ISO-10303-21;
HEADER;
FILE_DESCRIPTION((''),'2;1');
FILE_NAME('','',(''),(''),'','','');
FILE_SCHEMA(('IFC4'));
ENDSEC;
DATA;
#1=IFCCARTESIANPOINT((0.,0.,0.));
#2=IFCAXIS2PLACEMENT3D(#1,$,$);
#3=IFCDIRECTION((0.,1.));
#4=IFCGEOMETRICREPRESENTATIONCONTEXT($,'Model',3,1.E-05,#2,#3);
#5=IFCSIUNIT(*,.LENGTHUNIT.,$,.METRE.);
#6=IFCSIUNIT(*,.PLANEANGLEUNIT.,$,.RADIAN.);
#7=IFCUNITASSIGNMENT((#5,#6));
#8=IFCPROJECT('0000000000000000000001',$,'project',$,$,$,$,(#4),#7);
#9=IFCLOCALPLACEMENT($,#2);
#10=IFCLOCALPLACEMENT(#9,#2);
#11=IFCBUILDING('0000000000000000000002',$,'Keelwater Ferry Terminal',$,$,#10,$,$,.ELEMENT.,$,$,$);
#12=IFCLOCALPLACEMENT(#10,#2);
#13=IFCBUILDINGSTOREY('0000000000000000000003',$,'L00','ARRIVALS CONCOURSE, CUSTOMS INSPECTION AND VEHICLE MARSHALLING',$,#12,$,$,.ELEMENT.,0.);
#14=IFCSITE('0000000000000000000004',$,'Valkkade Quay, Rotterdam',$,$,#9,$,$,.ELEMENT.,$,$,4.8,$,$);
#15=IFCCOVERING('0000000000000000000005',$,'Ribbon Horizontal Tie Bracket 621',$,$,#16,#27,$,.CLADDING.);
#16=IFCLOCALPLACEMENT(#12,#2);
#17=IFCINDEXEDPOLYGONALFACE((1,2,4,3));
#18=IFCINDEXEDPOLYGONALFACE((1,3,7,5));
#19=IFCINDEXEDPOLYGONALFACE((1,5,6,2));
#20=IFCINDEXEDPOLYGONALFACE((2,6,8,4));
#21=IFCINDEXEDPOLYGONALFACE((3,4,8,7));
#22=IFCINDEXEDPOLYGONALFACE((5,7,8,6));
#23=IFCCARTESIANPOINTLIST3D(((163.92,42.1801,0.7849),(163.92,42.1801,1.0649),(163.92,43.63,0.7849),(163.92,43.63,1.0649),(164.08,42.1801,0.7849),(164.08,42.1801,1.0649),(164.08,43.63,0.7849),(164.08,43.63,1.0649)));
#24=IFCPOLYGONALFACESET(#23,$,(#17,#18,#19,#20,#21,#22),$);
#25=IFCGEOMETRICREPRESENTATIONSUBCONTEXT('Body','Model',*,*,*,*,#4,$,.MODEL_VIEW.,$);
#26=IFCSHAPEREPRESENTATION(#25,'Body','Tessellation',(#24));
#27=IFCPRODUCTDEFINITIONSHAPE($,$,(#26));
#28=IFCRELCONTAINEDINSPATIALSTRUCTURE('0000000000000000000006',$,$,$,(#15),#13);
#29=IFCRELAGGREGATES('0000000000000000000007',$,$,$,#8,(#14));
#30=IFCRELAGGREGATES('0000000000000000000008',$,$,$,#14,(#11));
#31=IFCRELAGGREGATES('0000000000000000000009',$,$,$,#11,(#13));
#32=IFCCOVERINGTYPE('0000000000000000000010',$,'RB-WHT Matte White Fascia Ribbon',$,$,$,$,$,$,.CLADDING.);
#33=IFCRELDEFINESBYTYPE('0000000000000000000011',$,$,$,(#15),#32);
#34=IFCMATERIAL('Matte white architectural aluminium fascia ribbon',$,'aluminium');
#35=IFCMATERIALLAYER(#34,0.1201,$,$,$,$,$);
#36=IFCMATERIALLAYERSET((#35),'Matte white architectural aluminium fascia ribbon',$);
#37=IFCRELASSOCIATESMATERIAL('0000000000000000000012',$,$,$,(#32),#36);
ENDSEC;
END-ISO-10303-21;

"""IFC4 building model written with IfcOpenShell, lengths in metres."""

from ifc_helpers import new_model, si_unit, direction, frame, frame_2d, origin, place, context, subcontext, project, spatial, rectangle, extrude, material, layer, layer_set, type_object, element, save


model = new_model("IFC4")

# Units and contexts
model_context = context("Model", 3, precision=1e-05, world=origin(), true_north=direction((0.0, 1.0)))
body_context = subcontext(model_context, "Body", "Model", "MODEL_VIEW")
ifc_project = project(units=[si_unit("LENGTHUNIT", "METRE"), si_unit("PLANEANGLEUNIT", "RADIAN")], contexts=[model_context])

# Site, building, storey
site_placement = place(None, origin())
site = spatial("IfcSite", under=ifc_project, at=site_placement, Name="Valkkade Quay, Rotterdam", CompositionType="ELEMENT", RefElevation=4.8)
building_placement = place(site_placement, origin())
building = spatial("IfcBuilding", under=site, at=building_placement, Name="Keelwater Ferry Terminal", CompositionType="ELEMENT")
storey_placement = place(building_placement, origin())
storey = spatial("IfcBuildingStorey", under=building, at=storey_placement, Name="L00", Description="ARRIVALS CONCOURSE, CUSTOMS INSPECTION AND VEHICLE MARSHALLING", CompositionType="ELEMENT", Elevation=0.0)

# Covering
ifc_material_1 = material(Name="Matte white architectural aluminium fascia ribbon", Category="aluminium")
ifc_layer_1 = layer(ifc_material_1, 0.1201)
ifc_layer_set_1 = layer_set([ifc_layer_1], Name="Matte white architectural aluminium fascia ribbon")
covering_type = type_object("IfcCoveringType", Name="RB-WHT Matte White Fascia Ribbon", PredefinedType="CLADDING", material=ifc_layer_set_1)
covering_1_placement = place(storey_placement, frame((164.0, 42.1799, 0.7849), z_axis=(0.0, 0.0, 1.0), x_axis=(0.0, 1.0, 0.0)))
element("IfcCovering", 1, at=covering_1_placement, inside=storey, type_object=covering_type, Name="Ribbon Horizontal Tie Bracket 621", PredefinedType="CLADDING", context=body_context, shape_type="SweptSolid", body=[
    extrude(rectangle(XDim=1.45, YDim=0.1599, at=frame_2d((0.7251, 0.0))), origin(), (0.0, 0.0, 1.0), 0.28),
])

save(model, "model.ifc")
